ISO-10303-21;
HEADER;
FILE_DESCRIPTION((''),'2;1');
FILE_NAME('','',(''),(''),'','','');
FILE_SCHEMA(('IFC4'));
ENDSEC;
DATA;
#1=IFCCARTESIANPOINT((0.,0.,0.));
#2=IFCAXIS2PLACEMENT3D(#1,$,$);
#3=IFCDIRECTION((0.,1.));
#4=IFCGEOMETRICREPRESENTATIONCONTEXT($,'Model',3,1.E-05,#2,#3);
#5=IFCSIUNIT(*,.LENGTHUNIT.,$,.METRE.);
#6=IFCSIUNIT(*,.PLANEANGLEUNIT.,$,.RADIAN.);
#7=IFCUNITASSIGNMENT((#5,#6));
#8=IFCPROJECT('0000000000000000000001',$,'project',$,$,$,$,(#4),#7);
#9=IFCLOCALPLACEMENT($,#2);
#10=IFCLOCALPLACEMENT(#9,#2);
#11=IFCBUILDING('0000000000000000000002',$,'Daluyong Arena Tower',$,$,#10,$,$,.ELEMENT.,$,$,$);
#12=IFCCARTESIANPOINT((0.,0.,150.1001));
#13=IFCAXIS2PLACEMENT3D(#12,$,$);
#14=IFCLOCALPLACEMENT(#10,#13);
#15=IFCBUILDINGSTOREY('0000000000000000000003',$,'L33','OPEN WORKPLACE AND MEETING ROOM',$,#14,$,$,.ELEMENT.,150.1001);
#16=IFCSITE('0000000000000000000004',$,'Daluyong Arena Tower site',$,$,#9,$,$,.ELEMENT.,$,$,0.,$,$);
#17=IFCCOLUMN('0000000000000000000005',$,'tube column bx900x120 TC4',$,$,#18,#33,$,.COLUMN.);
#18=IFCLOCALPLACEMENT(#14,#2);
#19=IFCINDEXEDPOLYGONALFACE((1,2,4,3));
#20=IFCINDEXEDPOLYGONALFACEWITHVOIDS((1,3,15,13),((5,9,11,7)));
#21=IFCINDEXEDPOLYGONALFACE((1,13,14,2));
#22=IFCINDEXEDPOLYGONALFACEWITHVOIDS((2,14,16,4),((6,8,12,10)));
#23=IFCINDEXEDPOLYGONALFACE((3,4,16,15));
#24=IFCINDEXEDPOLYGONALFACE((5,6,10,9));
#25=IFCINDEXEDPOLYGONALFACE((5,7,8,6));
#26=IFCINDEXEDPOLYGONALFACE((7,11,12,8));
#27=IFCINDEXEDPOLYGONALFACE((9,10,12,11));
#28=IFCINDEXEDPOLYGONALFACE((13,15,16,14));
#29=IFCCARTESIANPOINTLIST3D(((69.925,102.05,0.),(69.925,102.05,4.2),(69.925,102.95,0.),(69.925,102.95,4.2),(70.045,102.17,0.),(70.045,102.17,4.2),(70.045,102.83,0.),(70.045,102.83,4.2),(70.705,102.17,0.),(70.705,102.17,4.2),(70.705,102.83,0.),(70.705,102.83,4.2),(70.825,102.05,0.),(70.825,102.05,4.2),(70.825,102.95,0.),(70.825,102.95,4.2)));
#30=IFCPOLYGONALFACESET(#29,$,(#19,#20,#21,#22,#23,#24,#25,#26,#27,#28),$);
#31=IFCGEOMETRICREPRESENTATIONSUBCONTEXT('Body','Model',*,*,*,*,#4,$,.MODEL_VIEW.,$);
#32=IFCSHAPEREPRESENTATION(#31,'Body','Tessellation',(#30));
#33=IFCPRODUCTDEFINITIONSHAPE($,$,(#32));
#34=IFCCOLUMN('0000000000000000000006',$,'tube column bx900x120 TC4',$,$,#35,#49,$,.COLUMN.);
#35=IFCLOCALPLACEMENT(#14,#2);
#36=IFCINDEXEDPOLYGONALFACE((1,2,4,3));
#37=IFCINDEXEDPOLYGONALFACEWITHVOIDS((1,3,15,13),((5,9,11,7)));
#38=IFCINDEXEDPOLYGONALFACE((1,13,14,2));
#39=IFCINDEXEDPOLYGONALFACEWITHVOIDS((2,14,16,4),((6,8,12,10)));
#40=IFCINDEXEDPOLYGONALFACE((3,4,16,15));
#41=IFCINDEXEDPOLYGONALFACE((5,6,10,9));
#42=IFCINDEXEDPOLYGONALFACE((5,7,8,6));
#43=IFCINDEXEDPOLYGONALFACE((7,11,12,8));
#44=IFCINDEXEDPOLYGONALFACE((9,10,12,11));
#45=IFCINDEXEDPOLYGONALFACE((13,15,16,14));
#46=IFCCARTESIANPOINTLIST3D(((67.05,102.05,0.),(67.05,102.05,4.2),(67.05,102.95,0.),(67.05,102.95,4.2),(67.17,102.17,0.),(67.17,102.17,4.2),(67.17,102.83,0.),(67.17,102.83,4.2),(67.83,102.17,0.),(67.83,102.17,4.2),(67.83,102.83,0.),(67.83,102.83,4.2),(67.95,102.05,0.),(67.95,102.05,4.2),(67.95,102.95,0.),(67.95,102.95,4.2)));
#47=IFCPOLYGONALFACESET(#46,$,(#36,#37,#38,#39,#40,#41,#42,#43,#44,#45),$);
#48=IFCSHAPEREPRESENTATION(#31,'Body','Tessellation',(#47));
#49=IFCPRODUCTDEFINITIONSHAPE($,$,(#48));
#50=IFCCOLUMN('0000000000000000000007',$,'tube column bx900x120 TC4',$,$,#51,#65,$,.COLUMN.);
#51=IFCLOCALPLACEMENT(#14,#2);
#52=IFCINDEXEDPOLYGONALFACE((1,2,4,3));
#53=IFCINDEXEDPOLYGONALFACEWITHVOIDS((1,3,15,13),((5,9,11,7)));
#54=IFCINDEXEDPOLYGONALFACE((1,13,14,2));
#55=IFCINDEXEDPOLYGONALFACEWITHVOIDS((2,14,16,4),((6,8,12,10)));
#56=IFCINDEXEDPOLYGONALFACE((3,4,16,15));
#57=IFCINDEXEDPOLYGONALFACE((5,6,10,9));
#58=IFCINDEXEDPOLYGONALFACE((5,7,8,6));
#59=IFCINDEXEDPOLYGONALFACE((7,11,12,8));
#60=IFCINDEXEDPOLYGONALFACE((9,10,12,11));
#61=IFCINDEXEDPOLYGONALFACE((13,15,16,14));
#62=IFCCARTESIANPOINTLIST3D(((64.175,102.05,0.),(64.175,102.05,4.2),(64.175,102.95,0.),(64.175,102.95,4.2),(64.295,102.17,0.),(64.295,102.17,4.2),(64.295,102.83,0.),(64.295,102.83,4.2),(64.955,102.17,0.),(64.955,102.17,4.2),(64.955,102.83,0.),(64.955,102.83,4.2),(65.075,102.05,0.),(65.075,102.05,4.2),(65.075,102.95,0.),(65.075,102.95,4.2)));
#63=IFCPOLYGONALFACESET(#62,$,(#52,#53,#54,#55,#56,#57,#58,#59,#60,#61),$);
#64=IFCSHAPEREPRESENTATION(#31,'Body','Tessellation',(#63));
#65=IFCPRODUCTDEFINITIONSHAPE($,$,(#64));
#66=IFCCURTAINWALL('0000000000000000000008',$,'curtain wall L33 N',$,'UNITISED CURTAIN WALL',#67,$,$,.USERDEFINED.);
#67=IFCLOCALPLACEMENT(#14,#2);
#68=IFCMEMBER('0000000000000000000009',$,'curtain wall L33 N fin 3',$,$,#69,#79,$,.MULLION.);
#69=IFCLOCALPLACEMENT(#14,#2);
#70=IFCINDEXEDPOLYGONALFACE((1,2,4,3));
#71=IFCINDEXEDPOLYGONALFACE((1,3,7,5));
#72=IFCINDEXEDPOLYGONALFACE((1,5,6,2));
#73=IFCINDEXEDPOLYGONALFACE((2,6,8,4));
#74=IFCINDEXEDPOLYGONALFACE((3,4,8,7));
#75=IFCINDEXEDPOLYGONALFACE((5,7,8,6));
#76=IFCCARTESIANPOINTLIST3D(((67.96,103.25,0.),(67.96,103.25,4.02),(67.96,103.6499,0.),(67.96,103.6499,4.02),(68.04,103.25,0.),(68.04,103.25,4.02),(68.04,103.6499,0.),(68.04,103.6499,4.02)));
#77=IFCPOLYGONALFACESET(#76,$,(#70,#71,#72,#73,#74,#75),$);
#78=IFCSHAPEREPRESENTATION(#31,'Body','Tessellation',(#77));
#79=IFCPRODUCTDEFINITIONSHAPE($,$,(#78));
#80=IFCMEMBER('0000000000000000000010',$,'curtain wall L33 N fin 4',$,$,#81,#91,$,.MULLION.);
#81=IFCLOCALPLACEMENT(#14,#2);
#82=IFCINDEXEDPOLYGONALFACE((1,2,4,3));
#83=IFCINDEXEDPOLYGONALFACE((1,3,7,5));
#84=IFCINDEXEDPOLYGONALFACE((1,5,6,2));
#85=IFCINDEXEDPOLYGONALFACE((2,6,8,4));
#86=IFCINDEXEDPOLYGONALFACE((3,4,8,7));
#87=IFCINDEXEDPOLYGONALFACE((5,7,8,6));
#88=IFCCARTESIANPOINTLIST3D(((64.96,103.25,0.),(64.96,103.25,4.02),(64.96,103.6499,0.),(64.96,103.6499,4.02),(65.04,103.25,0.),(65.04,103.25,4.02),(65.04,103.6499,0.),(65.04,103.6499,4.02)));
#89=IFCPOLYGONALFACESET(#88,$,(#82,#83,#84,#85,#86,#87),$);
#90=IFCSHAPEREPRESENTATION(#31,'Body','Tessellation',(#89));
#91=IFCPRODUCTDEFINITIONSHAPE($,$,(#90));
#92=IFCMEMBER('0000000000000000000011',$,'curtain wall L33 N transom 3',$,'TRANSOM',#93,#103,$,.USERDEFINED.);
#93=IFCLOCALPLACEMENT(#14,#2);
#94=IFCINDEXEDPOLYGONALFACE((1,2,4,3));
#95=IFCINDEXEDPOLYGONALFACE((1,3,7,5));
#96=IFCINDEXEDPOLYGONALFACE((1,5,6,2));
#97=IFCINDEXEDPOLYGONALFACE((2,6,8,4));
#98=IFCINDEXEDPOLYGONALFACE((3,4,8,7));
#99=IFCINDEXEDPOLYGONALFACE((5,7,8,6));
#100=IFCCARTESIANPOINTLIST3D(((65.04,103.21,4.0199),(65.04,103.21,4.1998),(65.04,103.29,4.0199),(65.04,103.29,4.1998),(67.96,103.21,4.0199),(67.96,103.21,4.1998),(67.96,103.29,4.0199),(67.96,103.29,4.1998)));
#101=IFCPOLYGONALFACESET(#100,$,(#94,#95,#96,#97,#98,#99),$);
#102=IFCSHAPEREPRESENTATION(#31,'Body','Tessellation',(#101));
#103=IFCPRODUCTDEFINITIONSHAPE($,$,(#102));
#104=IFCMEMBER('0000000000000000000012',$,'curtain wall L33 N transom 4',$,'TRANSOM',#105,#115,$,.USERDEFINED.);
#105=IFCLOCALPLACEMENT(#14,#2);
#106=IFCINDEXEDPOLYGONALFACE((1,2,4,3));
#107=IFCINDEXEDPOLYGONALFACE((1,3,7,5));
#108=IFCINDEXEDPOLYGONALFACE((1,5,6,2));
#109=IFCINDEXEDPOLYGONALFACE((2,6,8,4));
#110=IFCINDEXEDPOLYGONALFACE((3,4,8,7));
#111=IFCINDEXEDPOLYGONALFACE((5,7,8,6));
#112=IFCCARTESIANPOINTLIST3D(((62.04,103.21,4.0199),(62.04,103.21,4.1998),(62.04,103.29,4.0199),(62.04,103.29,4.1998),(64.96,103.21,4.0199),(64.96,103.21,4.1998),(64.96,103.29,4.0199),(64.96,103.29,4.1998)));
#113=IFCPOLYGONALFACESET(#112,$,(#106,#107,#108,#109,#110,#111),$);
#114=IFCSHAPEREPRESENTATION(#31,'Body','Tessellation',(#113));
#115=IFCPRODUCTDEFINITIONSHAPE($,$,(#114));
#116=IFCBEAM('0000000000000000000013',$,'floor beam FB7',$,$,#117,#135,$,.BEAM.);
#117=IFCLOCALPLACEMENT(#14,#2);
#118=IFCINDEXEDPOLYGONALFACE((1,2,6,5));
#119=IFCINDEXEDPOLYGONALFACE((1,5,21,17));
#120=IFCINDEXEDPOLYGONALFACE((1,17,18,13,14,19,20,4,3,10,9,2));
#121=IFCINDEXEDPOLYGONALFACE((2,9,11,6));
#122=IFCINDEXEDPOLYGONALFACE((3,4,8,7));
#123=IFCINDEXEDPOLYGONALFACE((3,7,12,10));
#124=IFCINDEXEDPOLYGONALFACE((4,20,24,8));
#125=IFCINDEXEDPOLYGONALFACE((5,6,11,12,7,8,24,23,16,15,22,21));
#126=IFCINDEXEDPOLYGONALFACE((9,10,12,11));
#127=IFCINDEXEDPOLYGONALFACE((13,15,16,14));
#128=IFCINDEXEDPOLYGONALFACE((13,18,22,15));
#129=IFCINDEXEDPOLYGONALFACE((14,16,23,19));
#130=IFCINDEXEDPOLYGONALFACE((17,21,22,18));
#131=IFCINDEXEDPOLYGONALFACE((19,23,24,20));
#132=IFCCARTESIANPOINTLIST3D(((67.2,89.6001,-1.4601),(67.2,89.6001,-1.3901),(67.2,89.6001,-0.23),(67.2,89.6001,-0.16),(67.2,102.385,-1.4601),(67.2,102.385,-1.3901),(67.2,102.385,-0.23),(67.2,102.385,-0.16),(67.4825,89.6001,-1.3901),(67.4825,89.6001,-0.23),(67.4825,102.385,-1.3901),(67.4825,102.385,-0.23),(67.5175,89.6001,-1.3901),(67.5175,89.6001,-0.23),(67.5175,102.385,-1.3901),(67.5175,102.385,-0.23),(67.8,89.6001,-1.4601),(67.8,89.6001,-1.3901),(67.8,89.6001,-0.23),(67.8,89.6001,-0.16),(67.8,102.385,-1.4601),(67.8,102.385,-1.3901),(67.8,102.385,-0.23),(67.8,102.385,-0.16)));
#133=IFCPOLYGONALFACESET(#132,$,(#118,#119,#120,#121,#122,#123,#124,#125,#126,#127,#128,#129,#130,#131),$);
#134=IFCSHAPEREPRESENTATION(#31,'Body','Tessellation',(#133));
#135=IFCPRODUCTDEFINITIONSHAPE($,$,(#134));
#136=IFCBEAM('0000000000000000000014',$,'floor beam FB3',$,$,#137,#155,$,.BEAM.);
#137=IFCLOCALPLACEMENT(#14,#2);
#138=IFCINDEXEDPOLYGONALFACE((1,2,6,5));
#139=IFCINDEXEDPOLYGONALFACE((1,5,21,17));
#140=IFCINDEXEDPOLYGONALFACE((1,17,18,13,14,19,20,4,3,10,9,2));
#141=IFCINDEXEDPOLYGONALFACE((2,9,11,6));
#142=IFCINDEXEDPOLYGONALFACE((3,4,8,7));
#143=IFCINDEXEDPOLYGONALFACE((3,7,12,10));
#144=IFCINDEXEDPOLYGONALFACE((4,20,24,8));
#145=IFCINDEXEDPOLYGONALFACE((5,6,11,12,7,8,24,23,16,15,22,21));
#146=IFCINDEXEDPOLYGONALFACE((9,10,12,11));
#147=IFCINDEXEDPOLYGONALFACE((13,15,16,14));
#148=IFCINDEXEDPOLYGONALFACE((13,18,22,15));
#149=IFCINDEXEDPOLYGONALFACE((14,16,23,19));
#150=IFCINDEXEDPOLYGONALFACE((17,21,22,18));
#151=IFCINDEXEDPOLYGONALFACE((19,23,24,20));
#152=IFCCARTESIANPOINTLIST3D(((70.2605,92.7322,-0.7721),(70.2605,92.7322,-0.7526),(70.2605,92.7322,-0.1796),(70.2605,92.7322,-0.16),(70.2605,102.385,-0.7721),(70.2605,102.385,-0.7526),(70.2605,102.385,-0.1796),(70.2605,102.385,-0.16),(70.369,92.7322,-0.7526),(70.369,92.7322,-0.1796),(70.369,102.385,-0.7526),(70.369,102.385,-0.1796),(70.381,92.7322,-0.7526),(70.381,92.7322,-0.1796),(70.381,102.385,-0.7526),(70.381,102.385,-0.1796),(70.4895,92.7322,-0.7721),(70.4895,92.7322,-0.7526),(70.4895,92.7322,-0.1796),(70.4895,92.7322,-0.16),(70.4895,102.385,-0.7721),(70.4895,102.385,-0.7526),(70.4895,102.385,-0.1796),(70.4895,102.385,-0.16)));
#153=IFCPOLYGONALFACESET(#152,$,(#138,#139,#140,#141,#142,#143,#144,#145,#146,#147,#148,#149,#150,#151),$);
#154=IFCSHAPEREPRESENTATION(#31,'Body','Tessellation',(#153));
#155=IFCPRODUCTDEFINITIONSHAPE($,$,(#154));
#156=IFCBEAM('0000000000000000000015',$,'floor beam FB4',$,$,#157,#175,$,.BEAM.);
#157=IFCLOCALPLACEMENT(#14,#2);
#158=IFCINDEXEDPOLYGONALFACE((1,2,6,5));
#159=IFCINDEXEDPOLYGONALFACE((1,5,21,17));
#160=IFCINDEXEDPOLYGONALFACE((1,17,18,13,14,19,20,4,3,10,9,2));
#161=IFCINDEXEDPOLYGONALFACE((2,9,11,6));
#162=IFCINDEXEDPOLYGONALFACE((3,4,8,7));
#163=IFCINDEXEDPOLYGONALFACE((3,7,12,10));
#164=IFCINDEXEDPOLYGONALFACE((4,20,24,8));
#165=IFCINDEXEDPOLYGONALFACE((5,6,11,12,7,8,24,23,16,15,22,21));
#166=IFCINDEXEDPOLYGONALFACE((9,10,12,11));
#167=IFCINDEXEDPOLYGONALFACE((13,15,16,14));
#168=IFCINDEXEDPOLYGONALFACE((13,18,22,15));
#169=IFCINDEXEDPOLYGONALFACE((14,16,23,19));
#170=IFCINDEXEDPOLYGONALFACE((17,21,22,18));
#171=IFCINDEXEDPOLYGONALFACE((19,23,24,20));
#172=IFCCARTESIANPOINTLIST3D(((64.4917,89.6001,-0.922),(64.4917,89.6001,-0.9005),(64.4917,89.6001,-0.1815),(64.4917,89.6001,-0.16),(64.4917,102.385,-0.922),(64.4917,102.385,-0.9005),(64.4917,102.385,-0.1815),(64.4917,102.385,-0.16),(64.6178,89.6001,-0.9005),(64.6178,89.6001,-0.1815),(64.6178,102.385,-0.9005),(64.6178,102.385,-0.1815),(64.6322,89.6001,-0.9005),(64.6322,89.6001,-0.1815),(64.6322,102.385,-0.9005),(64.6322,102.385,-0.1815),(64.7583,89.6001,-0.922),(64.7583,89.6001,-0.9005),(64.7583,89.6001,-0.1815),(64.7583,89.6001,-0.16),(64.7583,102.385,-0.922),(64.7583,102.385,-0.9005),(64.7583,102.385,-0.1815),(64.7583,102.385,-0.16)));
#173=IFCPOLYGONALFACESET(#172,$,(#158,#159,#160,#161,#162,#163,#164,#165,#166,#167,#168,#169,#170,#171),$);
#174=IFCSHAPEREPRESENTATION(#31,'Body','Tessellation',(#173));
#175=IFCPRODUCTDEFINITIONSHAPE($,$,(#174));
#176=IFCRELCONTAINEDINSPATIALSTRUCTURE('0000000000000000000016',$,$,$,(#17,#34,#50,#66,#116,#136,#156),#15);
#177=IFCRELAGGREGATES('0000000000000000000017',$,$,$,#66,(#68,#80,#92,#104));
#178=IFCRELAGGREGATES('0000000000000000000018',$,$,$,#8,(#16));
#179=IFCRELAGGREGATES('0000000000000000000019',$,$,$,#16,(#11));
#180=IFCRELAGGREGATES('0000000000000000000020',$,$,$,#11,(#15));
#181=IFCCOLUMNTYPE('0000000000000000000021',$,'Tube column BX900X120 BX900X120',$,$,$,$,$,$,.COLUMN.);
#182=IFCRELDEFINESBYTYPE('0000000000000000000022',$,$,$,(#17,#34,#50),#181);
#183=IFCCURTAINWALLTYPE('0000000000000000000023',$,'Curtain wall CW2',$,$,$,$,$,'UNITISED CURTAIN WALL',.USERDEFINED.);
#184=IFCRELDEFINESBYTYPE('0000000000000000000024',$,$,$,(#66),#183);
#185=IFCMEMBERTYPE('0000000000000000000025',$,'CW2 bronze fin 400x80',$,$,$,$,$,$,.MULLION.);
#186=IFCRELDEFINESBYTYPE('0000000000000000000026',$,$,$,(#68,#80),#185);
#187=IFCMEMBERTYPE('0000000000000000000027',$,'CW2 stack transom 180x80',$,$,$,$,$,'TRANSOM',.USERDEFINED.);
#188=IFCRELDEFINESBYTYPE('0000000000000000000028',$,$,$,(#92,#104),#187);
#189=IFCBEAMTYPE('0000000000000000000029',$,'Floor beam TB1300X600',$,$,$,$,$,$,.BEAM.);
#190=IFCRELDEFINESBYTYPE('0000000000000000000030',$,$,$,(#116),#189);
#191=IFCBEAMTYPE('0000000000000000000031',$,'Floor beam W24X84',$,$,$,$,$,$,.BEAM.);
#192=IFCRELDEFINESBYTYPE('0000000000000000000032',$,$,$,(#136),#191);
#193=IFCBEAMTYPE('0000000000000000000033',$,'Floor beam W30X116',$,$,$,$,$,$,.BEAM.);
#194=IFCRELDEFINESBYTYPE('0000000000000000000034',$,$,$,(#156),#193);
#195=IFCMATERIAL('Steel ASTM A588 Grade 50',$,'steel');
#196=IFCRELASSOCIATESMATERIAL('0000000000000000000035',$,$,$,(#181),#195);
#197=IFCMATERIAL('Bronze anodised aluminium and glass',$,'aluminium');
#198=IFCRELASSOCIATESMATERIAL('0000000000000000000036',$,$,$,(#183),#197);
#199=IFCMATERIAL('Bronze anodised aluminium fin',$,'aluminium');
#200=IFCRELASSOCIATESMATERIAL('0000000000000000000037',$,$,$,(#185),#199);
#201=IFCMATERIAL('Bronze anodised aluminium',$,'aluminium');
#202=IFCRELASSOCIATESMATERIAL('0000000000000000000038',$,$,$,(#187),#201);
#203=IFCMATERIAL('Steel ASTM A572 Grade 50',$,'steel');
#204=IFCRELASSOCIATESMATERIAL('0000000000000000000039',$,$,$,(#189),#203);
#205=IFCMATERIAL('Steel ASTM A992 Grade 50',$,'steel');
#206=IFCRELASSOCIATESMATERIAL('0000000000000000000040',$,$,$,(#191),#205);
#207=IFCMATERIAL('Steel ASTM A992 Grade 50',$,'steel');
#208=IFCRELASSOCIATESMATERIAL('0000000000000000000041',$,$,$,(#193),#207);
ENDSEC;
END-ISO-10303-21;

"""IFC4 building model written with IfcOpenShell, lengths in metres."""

from ifc_helpers import new_model, si_unit, direction, frame, origin, origin_2d, place, context, subcontext, project, spatial, rectangle, hollow_rectangle, i_section, extrude, material, material_profile, profile_set, type_object, element, aggregate, save


model = new_model("IFC4")

# Units and contexts
model_context = context("Model", 3, precision=1e-05, world=origin(), true_north=direction((0.0, 1.0)))
body_context = subcontext(model_context, "Body", "Model", "MODEL_VIEW")
ifc_project = project(units=[si_unit("LENGTHUNIT", "METRE"), si_unit("PLANEANGLEUNIT", "RADIAN")], contexts=[model_context])

# Site, building, storey
site_placement = place(None, origin())
site = spatial("IfcSite", under=ifc_project, at=site_placement, Name="Daluyong Arena Tower site", CompositionType="ELEMENT", RefElevation=0.0)
building_placement = place(site_placement, origin())
building = spatial("IfcBuilding", under=site, at=building_placement, Name="Daluyong Arena Tower", CompositionType="ELEMENT")
storey_placement = place(building_placement, frame((0.0, 0.0, 150.1001)))
storey = spatial("IfcBuildingStorey", under=building, at=storey_placement, Name="L33", Description="OPEN WORKPLACE AND MEETING ROOM", CompositionType="ELEMENT", Elevation=150.1001)

# Columns
ifc_material_1 = material(Name="Steel ASTM A588 Grade 50", Category="steel")
ifc_material_profile_1 = material_profile(ifc_material_1, hollow_rectangle(XDim=0.8999, YDim=0.8999, WallThickness=0.12, at=origin_2d()))
ifc_profile_set_1 = profile_set([ifc_material_profile_1], Name="Steel ASTM A588 Grade 50")
column_type = type_object("IfcColumnType", Name="Tube column BX900X120 BX900X120", PredefinedType="COLUMN", material=ifc_profile_set_1)
for number, where, z_axis, x_axis, name in (
    (1, (70.375, 102.5, 0.0), (0.0, 0.0, 1.0), (1.0, 0.0, 0.0), "tube column bx900x120 TC4"),
    (2, (67.5, 102.5, 0.0), (0.0, 0.0, 1.0), (1.0, 0.0, 0.0), "tube column bx900x120 TC4"),
    (3, (64.625, 102.5, 0.0), (0.0, 0.0, 1.0), (1.0, 0.0, 0.0), "tube column bx900x120 TC4"),
):
    element("IfcColumn", number, at=place(storey_placement, frame(where, z_axis=z_axis, x_axis=x_axis)), inside=storey, type_object=column_type, Name=name, PredefinedType="COLUMN", context=body_context, shape_type="SweptSolid", body=[
        extrude(hollow_rectangle(XDim=0.8999, YDim=0.8999, WallThickness=0.12, at=origin_2d()), origin(), (0.0, 0.0, 1.0), 4.2),
    ])

# Curtain wall, members
ifc_material_2 = material(Name="Bronze anodised aluminium and glass", Category="aluminium")
curtain_wall_type = type_object("IfcCurtainWallType", Name="Curtain wall CW2", ElementType="UNITISED CURTAIN WALL", PredefinedType="USERDEFINED", material=ifc_material_2)
curtain_wall_placement = place(storey_placement, origin())
curtain_wall = element("IfcCurtainWall", 4, at=curtain_wall_placement, inside=storey, type_object=curtain_wall_type, Name="curtain wall L33 N", ObjectType="UNITISED CURTAIN WALL", PredefinedType="USERDEFINED")
ifc_material_3 = material(Name="Bronze anodised aluminium fin", Category="aluminium")
ifc_material_profile_2 = material_profile(ifc_material_3, rectangle(XDim=0.3999, YDim=0.0801, at=origin_2d()))
ifc_profile_set_2 = profile_set([ifc_material_profile_2], Name="Bronze anodised aluminium fin")
member_type_1 = type_object("IfcMemberType", Name="CW2 bronze fin 400x80", PredefinedType="MULLION", material=ifc_profile_set_2)
member_1_placement = place(storey_placement, frame((68.0, 103.45, 0.0), z_axis=(0.0, 0.0, 1.0), x_axis=(0.0, -1.0, 0.0)))
member_1 = element("IfcMember", 5, at=member_1_placement, type_object=member_type_1, Name="curtain wall L33 N fin 3", PredefinedType="MULLION", context=body_context, shape_type="SweptSolid", body=[
    extrude(rectangle(XDim=0.3999, YDim=0.0801, at=origin_2d()), origin(), (0.0, 0.0, 1.0), 4.02),
])
member_2_placement = place(storey_placement, frame((65.0, 103.45, 0.0), z_axis=(0.0, 0.0, 1.0), x_axis=(0.0, -1.0, 0.0)))
member_2 = element("IfcMember", 6, at=member_2_placement, type_object=member_type_1, Name="curtain wall L33 N fin 4", PredefinedType="MULLION", context=body_context, shape_type="SweptSolid", body=[
    extrude(rectangle(XDim=0.3999, YDim=0.0801, at=origin_2d()), origin(), (0.0, 0.0, 1.0), 4.02),
])
ifc_material_4 = material(Name="Bronze anodised aluminium", Category="aluminium")
ifc_material_profile_3 = material_profile(ifc_material_4, rectangle(XDim=0.0801, YDim=0.1799, at=origin_2d()))
ifc_profile_set_3 = profile_set([ifc_material_profile_3], Name="Bronze anodised aluminium")
member_type_2 = type_object("IfcMemberType", Name="CW2 stack transom 180x80", ElementType="TRANSOM", PredefinedType="USERDEFINED", material=ifc_profile_set_3)
member_3_placement = place(storey_placement, frame((67.96, 103.25, 4.1099), z_axis=(-1.0, 0.0, 0.0), x_axis=(0.0, -1.0, 0.0)))
member_3 = element("IfcMember", 7, at=member_3_placement, type_object=member_type_2, Name="curtain wall L33 N transom 3", ObjectType="TRANSOM", PredefinedType="USERDEFINED", context=body_context, shape_type="SweptSolid", body=[
    extrude(rectangle(XDim=0.0801, YDim=0.1799, at=origin_2d()), origin(), (0.0, 0.0, 1.0), 2.9199),
])
member_4_placement = place(storey_placement, frame((64.96, 103.25, 4.1099), z_axis=(-1.0, 0.0, 0.0), x_axis=(0.0, -1.0, 0.0)))
member_4 = element("IfcMember", 8, at=member_4_placement, type_object=member_type_2, Name="curtain wall L33 N transom 4", ObjectType="TRANSOM", PredefinedType="USERDEFINED", context=body_context, shape_type="SweptSolid", body=[
    extrude(rectangle(XDim=0.0801, YDim=0.1799, at=origin_2d()), origin(), (0.0, 0.0, 1.0), 2.9199),
])

# Beams
ifc_material_5 = material(Name="Steel ASTM A572 Grade 50", Category="steel")
ifc_material_profile_4 = material_profile(ifc_material_5, i_section(OverallWidth=0.6001, OverallDepth=1.3, WebThickness=0.035, FlangeThickness=0.07, at=origin_2d()))
ifc_profile_set_4 = profile_set([ifc_material_profile_4], Name="Steel ASTM A572 Grade 50")
beam_type_1 = type_object("IfcBeamType", Name="Floor beam TB1300X600", PredefinedType="BEAM", material=ifc_profile_set_4)
beam_1_placement = place(storey_placement, frame((67.5, 102.385, -0.8101), z_axis=(0.0, -1.0, 0.0), x_axis=(1.0, 0.0, 0.0)))
element("IfcBeam", 9, at=beam_1_placement, inside=storey, type_object=beam_type_1, Name="floor beam FB7", PredefinedType="BEAM", context=body_context, shape_type="SweptSolid", body=[
    extrude(i_section(OverallWidth=0.6001, OverallDepth=1.3, WebThickness=0.035, FlangeThickness=0.07, at=origin_2d()), origin(), (0.0, 0.0, 1.0), 12.7849),
])
ifc_material_6 = material(Name="Steel ASTM A992 Grade 50", Category="steel")
ifc_material_profile_5 = material_profile(ifc_material_6, i_section(OverallWidth=0.229, OverallDepth=0.6121, WebThickness=0.012, FlangeThickness=0.0195, at=origin_2d()))
ifc_profile_set_5 = profile_set([ifc_material_profile_5], Name="Steel ASTM A992 Grade 50")
beam_type_2 = type_object("IfcBeamType", Name="Floor beam W24X84", PredefinedType="BEAM", material=ifc_profile_set_5)
beam_2_placement = place(storey_placement, frame((70.375, 102.385, -0.4661), z_axis=(0.0, -1.0, 0.0), x_axis=(1.0, 0.0, 0.0)))
element("IfcBeam", 10, at=beam_2_placement, inside=storey, type_object=beam_type_2, Name="floor beam FB3", PredefinedType="BEAM", context=body_context, shape_type="SweptSolid", body=[
    extrude(i_section(OverallWidth=0.229, OverallDepth=0.6121, WebThickness=0.012, FlangeThickness=0.0195, at=origin_2d()), origin(), (0.0, 0.0, 1.0), 9.6528),
])
ifc_material_7 = material(Name="Steel ASTM A992 Grade 50", Category="steel")
ifc_material_profile_6 = material_profile(ifc_material_7, i_section(OverallWidth=0.2666, OverallDepth=0.762, WebThickness=0.0144, FlangeThickness=0.0215, at=origin_2d()))
ifc_profile_set_6 = profile_set([ifc_material_profile_6], Name="Steel ASTM A992 Grade 50")
beam_type_3 = type_object("IfcBeamType", Name="Floor beam W30X116", PredefinedType="BEAM", material=ifc_profile_set_6)
beam_3_placement = place(storey_placement, frame((64.625, 102.385, -0.541), z_axis=(0.0, -1.0, 0.0), x_axis=(1.0, 0.0, 0.0)))
element("IfcBeam", 11, at=beam_3_placement, inside=storey, type_object=beam_type_3, Name="floor beam FB4", PredefinedType="BEAM", context=body_context, shape_type="SweptSolid", body=[
    extrude(i_section(OverallWidth=0.2666, OverallDepth=0.762, WebThickness=0.0144, FlangeThickness=0.0215, at=origin_2d()), origin(), (0.0, 0.0, 1.0), 12.7849),
])

aggregate(curtain_wall, [member_1, member_2, member_3, member_4])

save(model, "model.ifc")
